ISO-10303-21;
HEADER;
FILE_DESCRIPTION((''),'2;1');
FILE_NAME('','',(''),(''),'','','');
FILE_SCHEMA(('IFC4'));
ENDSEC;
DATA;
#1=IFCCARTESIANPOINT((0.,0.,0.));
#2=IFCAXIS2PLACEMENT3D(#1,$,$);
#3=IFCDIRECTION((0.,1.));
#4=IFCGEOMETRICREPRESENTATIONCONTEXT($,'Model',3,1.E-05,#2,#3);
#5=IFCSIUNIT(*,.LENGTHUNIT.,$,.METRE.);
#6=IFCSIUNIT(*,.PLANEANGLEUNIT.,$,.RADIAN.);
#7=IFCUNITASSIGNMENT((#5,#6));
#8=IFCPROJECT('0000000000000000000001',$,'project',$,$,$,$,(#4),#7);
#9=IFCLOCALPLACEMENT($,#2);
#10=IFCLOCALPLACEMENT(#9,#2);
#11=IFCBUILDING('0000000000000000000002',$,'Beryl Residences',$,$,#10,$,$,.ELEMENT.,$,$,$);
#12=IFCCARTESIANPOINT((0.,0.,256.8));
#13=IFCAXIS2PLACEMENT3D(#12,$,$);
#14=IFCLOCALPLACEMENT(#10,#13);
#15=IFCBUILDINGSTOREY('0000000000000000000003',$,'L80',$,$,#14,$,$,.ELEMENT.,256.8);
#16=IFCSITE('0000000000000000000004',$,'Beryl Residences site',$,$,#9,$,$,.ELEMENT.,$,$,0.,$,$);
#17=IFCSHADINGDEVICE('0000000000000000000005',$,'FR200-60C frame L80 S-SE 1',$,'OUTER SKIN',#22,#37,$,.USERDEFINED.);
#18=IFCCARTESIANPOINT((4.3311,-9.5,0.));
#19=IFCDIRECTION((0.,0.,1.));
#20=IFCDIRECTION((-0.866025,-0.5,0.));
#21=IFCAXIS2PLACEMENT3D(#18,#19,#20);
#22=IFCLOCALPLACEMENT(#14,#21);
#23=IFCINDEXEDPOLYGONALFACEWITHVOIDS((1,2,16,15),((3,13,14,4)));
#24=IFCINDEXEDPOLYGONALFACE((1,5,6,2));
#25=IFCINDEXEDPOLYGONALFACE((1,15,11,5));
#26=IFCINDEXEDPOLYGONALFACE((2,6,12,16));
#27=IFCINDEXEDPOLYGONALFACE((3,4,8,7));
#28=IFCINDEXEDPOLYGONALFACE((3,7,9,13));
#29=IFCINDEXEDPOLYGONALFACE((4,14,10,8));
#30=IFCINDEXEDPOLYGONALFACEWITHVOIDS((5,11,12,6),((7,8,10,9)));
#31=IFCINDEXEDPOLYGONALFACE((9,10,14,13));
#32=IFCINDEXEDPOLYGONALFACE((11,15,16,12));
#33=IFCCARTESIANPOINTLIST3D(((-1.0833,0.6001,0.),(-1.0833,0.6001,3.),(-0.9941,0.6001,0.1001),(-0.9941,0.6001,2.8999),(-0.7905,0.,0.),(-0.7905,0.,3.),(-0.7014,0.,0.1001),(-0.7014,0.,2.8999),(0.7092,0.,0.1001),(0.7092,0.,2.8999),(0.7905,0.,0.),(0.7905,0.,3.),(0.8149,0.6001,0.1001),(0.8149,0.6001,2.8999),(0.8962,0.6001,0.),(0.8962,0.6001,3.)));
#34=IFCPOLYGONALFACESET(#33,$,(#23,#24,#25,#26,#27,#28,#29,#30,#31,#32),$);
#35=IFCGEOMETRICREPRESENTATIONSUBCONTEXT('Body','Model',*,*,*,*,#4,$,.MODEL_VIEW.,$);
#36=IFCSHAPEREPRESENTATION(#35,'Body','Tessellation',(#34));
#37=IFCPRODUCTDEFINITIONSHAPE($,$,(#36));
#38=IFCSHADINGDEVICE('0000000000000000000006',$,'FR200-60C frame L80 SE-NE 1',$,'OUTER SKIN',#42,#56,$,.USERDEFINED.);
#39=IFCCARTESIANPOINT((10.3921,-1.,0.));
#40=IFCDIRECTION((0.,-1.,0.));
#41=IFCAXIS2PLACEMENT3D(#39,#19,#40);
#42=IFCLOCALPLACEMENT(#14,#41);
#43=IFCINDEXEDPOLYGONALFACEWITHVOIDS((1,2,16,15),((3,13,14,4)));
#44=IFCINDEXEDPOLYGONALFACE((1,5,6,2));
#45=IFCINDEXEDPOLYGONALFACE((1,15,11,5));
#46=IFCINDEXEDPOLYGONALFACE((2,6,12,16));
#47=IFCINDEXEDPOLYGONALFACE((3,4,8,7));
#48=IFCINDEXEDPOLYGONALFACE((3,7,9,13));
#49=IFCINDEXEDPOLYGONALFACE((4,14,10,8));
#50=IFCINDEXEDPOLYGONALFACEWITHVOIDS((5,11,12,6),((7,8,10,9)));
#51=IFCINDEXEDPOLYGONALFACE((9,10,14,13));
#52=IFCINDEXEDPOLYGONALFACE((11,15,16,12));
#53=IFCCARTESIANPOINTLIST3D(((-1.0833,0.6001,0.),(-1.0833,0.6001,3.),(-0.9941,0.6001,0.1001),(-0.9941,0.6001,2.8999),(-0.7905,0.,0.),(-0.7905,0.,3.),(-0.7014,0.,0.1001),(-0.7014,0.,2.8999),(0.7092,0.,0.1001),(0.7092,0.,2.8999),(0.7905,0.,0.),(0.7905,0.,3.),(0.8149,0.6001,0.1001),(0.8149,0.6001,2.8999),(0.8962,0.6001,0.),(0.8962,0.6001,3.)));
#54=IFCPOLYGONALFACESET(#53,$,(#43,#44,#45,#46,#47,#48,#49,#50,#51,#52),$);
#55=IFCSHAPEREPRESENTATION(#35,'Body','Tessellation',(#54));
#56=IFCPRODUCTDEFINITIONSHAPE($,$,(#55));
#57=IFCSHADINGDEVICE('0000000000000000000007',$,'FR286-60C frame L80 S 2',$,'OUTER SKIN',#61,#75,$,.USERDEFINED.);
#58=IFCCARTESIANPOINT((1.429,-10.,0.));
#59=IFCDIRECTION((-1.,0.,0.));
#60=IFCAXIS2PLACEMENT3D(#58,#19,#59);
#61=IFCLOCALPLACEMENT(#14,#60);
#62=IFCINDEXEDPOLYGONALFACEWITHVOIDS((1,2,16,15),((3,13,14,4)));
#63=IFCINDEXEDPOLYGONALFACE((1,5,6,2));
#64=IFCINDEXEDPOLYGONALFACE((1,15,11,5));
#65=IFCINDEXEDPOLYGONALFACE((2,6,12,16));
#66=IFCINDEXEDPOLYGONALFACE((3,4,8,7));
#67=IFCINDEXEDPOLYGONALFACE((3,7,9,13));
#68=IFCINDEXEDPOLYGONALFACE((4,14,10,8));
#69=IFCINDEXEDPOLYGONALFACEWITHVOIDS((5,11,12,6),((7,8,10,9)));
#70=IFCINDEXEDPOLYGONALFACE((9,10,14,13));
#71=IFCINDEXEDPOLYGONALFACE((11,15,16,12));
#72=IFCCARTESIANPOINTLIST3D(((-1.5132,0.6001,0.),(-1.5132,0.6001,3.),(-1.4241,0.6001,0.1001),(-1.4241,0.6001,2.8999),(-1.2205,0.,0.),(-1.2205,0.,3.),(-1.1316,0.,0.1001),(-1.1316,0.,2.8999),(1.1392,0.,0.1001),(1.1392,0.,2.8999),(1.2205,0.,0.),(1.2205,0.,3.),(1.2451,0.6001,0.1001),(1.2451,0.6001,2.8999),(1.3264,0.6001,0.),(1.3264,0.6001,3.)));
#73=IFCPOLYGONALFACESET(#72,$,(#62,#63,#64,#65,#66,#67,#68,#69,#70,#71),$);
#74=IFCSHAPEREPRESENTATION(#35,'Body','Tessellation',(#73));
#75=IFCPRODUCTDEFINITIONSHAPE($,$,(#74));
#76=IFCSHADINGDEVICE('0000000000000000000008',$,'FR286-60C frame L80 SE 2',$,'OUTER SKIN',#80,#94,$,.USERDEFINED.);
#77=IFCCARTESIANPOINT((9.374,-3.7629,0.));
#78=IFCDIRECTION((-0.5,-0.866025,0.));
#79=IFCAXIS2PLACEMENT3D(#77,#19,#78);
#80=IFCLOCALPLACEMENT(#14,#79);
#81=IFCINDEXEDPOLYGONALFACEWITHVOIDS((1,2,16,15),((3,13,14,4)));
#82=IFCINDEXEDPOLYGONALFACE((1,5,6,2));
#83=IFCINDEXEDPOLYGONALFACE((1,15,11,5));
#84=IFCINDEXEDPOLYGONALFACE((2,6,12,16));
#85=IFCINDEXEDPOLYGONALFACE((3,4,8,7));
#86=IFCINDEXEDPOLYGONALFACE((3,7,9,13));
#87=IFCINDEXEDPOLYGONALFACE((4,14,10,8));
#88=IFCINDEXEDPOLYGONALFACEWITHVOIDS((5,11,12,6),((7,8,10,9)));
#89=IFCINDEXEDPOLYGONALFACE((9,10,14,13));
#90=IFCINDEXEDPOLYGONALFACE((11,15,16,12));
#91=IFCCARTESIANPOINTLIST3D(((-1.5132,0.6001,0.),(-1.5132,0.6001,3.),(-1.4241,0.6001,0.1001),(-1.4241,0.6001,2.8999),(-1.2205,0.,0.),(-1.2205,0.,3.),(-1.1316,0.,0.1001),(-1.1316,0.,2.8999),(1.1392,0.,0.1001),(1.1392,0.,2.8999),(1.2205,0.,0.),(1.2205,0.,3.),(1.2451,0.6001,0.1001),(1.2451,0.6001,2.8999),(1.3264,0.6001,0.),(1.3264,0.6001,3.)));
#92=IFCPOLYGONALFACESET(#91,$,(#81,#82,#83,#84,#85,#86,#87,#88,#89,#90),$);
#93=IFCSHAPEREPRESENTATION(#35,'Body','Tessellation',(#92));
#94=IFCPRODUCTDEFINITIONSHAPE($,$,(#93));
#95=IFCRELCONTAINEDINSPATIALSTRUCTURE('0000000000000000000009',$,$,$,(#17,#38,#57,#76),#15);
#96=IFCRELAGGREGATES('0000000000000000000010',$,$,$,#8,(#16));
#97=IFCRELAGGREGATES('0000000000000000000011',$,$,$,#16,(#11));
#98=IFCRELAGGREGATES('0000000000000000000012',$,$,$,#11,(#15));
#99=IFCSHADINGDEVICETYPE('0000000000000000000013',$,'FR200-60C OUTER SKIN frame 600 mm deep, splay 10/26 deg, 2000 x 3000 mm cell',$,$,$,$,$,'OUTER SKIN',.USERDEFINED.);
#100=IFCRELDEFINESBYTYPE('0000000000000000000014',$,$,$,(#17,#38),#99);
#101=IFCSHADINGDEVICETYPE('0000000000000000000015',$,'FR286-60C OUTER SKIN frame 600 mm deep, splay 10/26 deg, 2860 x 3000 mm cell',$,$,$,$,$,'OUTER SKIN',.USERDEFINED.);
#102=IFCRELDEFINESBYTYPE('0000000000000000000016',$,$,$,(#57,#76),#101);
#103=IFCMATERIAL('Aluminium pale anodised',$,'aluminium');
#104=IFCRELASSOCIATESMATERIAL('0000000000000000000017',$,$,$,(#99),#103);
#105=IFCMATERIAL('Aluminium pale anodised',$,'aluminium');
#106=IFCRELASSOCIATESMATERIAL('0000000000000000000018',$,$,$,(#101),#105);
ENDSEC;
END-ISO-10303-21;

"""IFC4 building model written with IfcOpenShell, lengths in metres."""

from ifc_helpers import new_model, entity, si_unit, direction, frame, origin, place, context, subcontext, project, spatial, source, transform, mapped, material, type_object, type_shapes, element, save


model = new_model("IFC4")

# Units and contexts
model_context = context("Model", 3, precision=1e-05, world=origin(), true_north=direction((0.0, 1.0)))
body_context = subcontext(model_context, "Body", "Model", "MODEL_VIEW")
ifc_project = project(units=[si_unit("LENGTHUNIT", "METRE"), si_unit("PLANEANGLEUNIT", "RADIAN")], contexts=[model_context])

# Site, building, storey
site_placement = place(None, origin())
site = spatial("IfcSite", under=ifc_project, at=site_placement, Name="Beryl Residences site", CompositionType="ELEMENT", RefElevation=0.0)
building_placement = place(site_placement, origin())
building = spatial("IfcBuilding", under=site, at=building_placement, Name="Beryl Residences", CompositionType="ELEMENT")
storey_placement = place(building_placement, frame((0.0, 0.0, 256.8)))
storey = spatial("IfcBuildingStorey", under=building, at=storey_placement, Name="L80", CompositionType="ELEMENT", Elevation=256.8)

# Shading devices
ifc_material_1 = material(Name="Aluminium pale anodised", Category="aluminium")
shading_device_type_1 = type_object("IfcShadingDeviceType", Name="FR200-60C OUTER SKIN frame 600 mm deep, splay 10/26 deg, 2000 x 3000 mm cell", ElementType="OUTER SKIN", PredefinedType="USERDEFINED", material=ifc_material_1)
cartesian_point_1 = entity("IfcCartesianPoint", [-0.7905, 0.0])
cartesian_point_2 = entity("IfcCartesianPoint", [-0.7092, 0.1001])
cartesian_point_3 = entity("IfcCartesianPoint", [-0.8962, 0.0])
cartesian_point_4 = entity("IfcCartesianPoint", [-0.8149, 0.1001])
shared_shape_1 = source(origin(), body_context, "Body", "SweptSolid", [
    entity("IfcExtrudedAreaSolidTapered", entity("IfcArbitraryProfileDefWithVoids", "AREA", None, entity("IfcPolyline", [cartesian_point_1, entity("IfcCartesianPoint", [0.7905, 0.0]), entity("IfcCartesianPoint", [0.7905, 3.0]), entity("IfcCartesianPoint", [-0.7905, 3.0]), cartesian_point_1]), [entity("IfcPolyline", [cartesian_point_2, entity("IfcCartesianPoint", [0.7014, 0.1001]), entity("IfcCartesianPoint", [0.7014, 2.8999]), entity("IfcCartesianPoint", [-0.7092, 2.8999]), cartesian_point_2])]), entity("IfcAxis2Placement3D", entity("IfcCartesianPoint", [0.0, 0.0, 0.0]), entity("IfcDirection", [0.0, 1.0, 0.0]), entity("IfcDirection", [-1.0, 0.0, 0.0])), entity("IfcDirection", [0.0, 0.0, 1.0]), 0.6001, entity("IfcArbitraryProfileDefWithVoids", "AREA", None, entity("IfcPolyline", [cartesian_point_3, entity("IfcCartesianPoint", [1.0833, 0.0]), entity("IfcCartesianPoint", [1.0833, 3.0]), entity("IfcCartesianPoint", [-0.8962, 3.0]), cartesian_point_3]), [entity("IfcPolyline", [cartesian_point_4, entity("IfcCartesianPoint", [0.9941, 0.1001]), entity("IfcCartesianPoint", [0.9941, 2.8999]), entity("IfcCartesianPoint", [-0.8149, 2.8999]), cartesian_point_4])])),
])
type_shapes(shading_device_type_1, [shared_shape_1])
for number, where, z_axis, x_axis, name in (
    (1, (4.3311, -9.5, 0.0), (0.0, 0.0, 1.0), (-0.866025, -0.5, 0.0), "FR200-60C frame L80 S-SE 1"),
    (2, (10.3921, -1.0, 0.0), (0.0, 0.0, 1.0), (0.0, -1.0, 0.0), "FR200-60C frame L80 SE-NE 1"),
):
    element("IfcShadingDevice", number, at=place(storey_placement, frame(where, z_axis=z_axis, x_axis=x_axis)), inside=storey, type_object=shading_device_type_1, Name=name, ObjectType="OUTER SKIN", PredefinedType="USERDEFINED", context=body_context, shape_type="MappedRepresentation", body=[
        mapped(shared_shape_1, transform((0.0, 0.0, 0.0))),
    ])
ifc_material_2 = material(Name="Aluminium pale anodised", Category="aluminium")
shading_device_type_2 = type_object("IfcShadingDeviceType", Name="FR286-60C OUTER SKIN frame 600 mm deep, splay 10/26 deg, 2860 x 3000 mm cell", ElementType="OUTER SKIN", PredefinedType="USERDEFINED", material=ifc_material_2)
cartesian_point_5 = entity("IfcCartesianPoint", [-1.2205, 0.0])
cartesian_point_6 = entity("IfcCartesianPoint", [-1.1392, 0.1001])
cartesian_point_7 = entity("IfcCartesianPoint", [-1.3264, 0.0])
cartesian_point_8 = entity("IfcCartesianPoint", [-1.2451, 0.1001])
shared_shape_2 = source(origin(), body_context, "Body", "SweptSolid", [
    entity("IfcExtrudedAreaSolidTapered", entity("IfcArbitraryProfileDefWithVoids", "AREA", None, entity("IfcPolyline", [cartesian_point_5, entity("IfcCartesianPoint", [1.2205, 0.0]), entity("IfcCartesianPoint", [1.2205, 3.0]), entity("IfcCartesianPoint", [-1.2205, 3.0]), cartesian_point_5]), [entity("IfcPolyline", [cartesian_point_6, entity("IfcCartesianPoint", [1.1316, 0.1001]), entity("IfcCartesianPoint", [1.1316, 2.8999]), entity("IfcCartesianPoint", [-1.1392, 2.8999]), cartesian_point_6])]), entity("IfcAxis2Placement3D", entity("IfcCartesianPoint", [0.0, 0.0, 0.0]), entity("IfcDirection", [0.0, 1.0, 0.0]), entity("IfcDirection", [-1.0, 0.0, 0.0])), entity("IfcDirection", [0.0, 0.0, 1.0]), 0.6001, entity("IfcArbitraryProfileDefWithVoids", "AREA", None, entity("IfcPolyline", [cartesian_point_7, entity("IfcCartesianPoint", [1.5132, 0.0]), entity("IfcCartesianPoint", [1.5132, 3.0]), entity("IfcCartesianPoint", [-1.3264, 3.0]), cartesian_point_7]), [entity("IfcPolyline", [cartesian_point_8, entity("IfcCartesianPoint", [1.4241, 0.1001]), entity("IfcCartesianPoint", [1.4241, 2.8999]), entity("IfcCartesianPoint", [-1.2451, 2.8999]), cartesian_point_8])])),
])
type_shapes(shading_device_type_2, [shared_shape_2])
for number, where, z_axis, x_axis, name in (
    (3, (1.429, -10.0, 0.0), (0.0, 0.0, 1.0), (-1.0, 0.0, 0.0), "FR286-60C frame L80 S 2"),
    (4, (9.374, -3.7629, 0.0), (0.0, 0.0, 1.0), (-0.5, -0.866025, 0.0), "FR286-60C frame L80 SE 2"),
):
    element("IfcShadingDevice", number, at=place(storey_placement, frame(where, z_axis=z_axis, x_axis=x_axis)), inside=storey, type_object=shading_device_type_2, Name=name, ObjectType="OUTER SKIN", PredefinedType="USERDEFINED", context=body_context, shape_type="MappedRepresentation", body=[
        mapped(shared_shape_2, transform((0.0, 0.0, 0.0))),
    ])

save(model, "model.ifc")
